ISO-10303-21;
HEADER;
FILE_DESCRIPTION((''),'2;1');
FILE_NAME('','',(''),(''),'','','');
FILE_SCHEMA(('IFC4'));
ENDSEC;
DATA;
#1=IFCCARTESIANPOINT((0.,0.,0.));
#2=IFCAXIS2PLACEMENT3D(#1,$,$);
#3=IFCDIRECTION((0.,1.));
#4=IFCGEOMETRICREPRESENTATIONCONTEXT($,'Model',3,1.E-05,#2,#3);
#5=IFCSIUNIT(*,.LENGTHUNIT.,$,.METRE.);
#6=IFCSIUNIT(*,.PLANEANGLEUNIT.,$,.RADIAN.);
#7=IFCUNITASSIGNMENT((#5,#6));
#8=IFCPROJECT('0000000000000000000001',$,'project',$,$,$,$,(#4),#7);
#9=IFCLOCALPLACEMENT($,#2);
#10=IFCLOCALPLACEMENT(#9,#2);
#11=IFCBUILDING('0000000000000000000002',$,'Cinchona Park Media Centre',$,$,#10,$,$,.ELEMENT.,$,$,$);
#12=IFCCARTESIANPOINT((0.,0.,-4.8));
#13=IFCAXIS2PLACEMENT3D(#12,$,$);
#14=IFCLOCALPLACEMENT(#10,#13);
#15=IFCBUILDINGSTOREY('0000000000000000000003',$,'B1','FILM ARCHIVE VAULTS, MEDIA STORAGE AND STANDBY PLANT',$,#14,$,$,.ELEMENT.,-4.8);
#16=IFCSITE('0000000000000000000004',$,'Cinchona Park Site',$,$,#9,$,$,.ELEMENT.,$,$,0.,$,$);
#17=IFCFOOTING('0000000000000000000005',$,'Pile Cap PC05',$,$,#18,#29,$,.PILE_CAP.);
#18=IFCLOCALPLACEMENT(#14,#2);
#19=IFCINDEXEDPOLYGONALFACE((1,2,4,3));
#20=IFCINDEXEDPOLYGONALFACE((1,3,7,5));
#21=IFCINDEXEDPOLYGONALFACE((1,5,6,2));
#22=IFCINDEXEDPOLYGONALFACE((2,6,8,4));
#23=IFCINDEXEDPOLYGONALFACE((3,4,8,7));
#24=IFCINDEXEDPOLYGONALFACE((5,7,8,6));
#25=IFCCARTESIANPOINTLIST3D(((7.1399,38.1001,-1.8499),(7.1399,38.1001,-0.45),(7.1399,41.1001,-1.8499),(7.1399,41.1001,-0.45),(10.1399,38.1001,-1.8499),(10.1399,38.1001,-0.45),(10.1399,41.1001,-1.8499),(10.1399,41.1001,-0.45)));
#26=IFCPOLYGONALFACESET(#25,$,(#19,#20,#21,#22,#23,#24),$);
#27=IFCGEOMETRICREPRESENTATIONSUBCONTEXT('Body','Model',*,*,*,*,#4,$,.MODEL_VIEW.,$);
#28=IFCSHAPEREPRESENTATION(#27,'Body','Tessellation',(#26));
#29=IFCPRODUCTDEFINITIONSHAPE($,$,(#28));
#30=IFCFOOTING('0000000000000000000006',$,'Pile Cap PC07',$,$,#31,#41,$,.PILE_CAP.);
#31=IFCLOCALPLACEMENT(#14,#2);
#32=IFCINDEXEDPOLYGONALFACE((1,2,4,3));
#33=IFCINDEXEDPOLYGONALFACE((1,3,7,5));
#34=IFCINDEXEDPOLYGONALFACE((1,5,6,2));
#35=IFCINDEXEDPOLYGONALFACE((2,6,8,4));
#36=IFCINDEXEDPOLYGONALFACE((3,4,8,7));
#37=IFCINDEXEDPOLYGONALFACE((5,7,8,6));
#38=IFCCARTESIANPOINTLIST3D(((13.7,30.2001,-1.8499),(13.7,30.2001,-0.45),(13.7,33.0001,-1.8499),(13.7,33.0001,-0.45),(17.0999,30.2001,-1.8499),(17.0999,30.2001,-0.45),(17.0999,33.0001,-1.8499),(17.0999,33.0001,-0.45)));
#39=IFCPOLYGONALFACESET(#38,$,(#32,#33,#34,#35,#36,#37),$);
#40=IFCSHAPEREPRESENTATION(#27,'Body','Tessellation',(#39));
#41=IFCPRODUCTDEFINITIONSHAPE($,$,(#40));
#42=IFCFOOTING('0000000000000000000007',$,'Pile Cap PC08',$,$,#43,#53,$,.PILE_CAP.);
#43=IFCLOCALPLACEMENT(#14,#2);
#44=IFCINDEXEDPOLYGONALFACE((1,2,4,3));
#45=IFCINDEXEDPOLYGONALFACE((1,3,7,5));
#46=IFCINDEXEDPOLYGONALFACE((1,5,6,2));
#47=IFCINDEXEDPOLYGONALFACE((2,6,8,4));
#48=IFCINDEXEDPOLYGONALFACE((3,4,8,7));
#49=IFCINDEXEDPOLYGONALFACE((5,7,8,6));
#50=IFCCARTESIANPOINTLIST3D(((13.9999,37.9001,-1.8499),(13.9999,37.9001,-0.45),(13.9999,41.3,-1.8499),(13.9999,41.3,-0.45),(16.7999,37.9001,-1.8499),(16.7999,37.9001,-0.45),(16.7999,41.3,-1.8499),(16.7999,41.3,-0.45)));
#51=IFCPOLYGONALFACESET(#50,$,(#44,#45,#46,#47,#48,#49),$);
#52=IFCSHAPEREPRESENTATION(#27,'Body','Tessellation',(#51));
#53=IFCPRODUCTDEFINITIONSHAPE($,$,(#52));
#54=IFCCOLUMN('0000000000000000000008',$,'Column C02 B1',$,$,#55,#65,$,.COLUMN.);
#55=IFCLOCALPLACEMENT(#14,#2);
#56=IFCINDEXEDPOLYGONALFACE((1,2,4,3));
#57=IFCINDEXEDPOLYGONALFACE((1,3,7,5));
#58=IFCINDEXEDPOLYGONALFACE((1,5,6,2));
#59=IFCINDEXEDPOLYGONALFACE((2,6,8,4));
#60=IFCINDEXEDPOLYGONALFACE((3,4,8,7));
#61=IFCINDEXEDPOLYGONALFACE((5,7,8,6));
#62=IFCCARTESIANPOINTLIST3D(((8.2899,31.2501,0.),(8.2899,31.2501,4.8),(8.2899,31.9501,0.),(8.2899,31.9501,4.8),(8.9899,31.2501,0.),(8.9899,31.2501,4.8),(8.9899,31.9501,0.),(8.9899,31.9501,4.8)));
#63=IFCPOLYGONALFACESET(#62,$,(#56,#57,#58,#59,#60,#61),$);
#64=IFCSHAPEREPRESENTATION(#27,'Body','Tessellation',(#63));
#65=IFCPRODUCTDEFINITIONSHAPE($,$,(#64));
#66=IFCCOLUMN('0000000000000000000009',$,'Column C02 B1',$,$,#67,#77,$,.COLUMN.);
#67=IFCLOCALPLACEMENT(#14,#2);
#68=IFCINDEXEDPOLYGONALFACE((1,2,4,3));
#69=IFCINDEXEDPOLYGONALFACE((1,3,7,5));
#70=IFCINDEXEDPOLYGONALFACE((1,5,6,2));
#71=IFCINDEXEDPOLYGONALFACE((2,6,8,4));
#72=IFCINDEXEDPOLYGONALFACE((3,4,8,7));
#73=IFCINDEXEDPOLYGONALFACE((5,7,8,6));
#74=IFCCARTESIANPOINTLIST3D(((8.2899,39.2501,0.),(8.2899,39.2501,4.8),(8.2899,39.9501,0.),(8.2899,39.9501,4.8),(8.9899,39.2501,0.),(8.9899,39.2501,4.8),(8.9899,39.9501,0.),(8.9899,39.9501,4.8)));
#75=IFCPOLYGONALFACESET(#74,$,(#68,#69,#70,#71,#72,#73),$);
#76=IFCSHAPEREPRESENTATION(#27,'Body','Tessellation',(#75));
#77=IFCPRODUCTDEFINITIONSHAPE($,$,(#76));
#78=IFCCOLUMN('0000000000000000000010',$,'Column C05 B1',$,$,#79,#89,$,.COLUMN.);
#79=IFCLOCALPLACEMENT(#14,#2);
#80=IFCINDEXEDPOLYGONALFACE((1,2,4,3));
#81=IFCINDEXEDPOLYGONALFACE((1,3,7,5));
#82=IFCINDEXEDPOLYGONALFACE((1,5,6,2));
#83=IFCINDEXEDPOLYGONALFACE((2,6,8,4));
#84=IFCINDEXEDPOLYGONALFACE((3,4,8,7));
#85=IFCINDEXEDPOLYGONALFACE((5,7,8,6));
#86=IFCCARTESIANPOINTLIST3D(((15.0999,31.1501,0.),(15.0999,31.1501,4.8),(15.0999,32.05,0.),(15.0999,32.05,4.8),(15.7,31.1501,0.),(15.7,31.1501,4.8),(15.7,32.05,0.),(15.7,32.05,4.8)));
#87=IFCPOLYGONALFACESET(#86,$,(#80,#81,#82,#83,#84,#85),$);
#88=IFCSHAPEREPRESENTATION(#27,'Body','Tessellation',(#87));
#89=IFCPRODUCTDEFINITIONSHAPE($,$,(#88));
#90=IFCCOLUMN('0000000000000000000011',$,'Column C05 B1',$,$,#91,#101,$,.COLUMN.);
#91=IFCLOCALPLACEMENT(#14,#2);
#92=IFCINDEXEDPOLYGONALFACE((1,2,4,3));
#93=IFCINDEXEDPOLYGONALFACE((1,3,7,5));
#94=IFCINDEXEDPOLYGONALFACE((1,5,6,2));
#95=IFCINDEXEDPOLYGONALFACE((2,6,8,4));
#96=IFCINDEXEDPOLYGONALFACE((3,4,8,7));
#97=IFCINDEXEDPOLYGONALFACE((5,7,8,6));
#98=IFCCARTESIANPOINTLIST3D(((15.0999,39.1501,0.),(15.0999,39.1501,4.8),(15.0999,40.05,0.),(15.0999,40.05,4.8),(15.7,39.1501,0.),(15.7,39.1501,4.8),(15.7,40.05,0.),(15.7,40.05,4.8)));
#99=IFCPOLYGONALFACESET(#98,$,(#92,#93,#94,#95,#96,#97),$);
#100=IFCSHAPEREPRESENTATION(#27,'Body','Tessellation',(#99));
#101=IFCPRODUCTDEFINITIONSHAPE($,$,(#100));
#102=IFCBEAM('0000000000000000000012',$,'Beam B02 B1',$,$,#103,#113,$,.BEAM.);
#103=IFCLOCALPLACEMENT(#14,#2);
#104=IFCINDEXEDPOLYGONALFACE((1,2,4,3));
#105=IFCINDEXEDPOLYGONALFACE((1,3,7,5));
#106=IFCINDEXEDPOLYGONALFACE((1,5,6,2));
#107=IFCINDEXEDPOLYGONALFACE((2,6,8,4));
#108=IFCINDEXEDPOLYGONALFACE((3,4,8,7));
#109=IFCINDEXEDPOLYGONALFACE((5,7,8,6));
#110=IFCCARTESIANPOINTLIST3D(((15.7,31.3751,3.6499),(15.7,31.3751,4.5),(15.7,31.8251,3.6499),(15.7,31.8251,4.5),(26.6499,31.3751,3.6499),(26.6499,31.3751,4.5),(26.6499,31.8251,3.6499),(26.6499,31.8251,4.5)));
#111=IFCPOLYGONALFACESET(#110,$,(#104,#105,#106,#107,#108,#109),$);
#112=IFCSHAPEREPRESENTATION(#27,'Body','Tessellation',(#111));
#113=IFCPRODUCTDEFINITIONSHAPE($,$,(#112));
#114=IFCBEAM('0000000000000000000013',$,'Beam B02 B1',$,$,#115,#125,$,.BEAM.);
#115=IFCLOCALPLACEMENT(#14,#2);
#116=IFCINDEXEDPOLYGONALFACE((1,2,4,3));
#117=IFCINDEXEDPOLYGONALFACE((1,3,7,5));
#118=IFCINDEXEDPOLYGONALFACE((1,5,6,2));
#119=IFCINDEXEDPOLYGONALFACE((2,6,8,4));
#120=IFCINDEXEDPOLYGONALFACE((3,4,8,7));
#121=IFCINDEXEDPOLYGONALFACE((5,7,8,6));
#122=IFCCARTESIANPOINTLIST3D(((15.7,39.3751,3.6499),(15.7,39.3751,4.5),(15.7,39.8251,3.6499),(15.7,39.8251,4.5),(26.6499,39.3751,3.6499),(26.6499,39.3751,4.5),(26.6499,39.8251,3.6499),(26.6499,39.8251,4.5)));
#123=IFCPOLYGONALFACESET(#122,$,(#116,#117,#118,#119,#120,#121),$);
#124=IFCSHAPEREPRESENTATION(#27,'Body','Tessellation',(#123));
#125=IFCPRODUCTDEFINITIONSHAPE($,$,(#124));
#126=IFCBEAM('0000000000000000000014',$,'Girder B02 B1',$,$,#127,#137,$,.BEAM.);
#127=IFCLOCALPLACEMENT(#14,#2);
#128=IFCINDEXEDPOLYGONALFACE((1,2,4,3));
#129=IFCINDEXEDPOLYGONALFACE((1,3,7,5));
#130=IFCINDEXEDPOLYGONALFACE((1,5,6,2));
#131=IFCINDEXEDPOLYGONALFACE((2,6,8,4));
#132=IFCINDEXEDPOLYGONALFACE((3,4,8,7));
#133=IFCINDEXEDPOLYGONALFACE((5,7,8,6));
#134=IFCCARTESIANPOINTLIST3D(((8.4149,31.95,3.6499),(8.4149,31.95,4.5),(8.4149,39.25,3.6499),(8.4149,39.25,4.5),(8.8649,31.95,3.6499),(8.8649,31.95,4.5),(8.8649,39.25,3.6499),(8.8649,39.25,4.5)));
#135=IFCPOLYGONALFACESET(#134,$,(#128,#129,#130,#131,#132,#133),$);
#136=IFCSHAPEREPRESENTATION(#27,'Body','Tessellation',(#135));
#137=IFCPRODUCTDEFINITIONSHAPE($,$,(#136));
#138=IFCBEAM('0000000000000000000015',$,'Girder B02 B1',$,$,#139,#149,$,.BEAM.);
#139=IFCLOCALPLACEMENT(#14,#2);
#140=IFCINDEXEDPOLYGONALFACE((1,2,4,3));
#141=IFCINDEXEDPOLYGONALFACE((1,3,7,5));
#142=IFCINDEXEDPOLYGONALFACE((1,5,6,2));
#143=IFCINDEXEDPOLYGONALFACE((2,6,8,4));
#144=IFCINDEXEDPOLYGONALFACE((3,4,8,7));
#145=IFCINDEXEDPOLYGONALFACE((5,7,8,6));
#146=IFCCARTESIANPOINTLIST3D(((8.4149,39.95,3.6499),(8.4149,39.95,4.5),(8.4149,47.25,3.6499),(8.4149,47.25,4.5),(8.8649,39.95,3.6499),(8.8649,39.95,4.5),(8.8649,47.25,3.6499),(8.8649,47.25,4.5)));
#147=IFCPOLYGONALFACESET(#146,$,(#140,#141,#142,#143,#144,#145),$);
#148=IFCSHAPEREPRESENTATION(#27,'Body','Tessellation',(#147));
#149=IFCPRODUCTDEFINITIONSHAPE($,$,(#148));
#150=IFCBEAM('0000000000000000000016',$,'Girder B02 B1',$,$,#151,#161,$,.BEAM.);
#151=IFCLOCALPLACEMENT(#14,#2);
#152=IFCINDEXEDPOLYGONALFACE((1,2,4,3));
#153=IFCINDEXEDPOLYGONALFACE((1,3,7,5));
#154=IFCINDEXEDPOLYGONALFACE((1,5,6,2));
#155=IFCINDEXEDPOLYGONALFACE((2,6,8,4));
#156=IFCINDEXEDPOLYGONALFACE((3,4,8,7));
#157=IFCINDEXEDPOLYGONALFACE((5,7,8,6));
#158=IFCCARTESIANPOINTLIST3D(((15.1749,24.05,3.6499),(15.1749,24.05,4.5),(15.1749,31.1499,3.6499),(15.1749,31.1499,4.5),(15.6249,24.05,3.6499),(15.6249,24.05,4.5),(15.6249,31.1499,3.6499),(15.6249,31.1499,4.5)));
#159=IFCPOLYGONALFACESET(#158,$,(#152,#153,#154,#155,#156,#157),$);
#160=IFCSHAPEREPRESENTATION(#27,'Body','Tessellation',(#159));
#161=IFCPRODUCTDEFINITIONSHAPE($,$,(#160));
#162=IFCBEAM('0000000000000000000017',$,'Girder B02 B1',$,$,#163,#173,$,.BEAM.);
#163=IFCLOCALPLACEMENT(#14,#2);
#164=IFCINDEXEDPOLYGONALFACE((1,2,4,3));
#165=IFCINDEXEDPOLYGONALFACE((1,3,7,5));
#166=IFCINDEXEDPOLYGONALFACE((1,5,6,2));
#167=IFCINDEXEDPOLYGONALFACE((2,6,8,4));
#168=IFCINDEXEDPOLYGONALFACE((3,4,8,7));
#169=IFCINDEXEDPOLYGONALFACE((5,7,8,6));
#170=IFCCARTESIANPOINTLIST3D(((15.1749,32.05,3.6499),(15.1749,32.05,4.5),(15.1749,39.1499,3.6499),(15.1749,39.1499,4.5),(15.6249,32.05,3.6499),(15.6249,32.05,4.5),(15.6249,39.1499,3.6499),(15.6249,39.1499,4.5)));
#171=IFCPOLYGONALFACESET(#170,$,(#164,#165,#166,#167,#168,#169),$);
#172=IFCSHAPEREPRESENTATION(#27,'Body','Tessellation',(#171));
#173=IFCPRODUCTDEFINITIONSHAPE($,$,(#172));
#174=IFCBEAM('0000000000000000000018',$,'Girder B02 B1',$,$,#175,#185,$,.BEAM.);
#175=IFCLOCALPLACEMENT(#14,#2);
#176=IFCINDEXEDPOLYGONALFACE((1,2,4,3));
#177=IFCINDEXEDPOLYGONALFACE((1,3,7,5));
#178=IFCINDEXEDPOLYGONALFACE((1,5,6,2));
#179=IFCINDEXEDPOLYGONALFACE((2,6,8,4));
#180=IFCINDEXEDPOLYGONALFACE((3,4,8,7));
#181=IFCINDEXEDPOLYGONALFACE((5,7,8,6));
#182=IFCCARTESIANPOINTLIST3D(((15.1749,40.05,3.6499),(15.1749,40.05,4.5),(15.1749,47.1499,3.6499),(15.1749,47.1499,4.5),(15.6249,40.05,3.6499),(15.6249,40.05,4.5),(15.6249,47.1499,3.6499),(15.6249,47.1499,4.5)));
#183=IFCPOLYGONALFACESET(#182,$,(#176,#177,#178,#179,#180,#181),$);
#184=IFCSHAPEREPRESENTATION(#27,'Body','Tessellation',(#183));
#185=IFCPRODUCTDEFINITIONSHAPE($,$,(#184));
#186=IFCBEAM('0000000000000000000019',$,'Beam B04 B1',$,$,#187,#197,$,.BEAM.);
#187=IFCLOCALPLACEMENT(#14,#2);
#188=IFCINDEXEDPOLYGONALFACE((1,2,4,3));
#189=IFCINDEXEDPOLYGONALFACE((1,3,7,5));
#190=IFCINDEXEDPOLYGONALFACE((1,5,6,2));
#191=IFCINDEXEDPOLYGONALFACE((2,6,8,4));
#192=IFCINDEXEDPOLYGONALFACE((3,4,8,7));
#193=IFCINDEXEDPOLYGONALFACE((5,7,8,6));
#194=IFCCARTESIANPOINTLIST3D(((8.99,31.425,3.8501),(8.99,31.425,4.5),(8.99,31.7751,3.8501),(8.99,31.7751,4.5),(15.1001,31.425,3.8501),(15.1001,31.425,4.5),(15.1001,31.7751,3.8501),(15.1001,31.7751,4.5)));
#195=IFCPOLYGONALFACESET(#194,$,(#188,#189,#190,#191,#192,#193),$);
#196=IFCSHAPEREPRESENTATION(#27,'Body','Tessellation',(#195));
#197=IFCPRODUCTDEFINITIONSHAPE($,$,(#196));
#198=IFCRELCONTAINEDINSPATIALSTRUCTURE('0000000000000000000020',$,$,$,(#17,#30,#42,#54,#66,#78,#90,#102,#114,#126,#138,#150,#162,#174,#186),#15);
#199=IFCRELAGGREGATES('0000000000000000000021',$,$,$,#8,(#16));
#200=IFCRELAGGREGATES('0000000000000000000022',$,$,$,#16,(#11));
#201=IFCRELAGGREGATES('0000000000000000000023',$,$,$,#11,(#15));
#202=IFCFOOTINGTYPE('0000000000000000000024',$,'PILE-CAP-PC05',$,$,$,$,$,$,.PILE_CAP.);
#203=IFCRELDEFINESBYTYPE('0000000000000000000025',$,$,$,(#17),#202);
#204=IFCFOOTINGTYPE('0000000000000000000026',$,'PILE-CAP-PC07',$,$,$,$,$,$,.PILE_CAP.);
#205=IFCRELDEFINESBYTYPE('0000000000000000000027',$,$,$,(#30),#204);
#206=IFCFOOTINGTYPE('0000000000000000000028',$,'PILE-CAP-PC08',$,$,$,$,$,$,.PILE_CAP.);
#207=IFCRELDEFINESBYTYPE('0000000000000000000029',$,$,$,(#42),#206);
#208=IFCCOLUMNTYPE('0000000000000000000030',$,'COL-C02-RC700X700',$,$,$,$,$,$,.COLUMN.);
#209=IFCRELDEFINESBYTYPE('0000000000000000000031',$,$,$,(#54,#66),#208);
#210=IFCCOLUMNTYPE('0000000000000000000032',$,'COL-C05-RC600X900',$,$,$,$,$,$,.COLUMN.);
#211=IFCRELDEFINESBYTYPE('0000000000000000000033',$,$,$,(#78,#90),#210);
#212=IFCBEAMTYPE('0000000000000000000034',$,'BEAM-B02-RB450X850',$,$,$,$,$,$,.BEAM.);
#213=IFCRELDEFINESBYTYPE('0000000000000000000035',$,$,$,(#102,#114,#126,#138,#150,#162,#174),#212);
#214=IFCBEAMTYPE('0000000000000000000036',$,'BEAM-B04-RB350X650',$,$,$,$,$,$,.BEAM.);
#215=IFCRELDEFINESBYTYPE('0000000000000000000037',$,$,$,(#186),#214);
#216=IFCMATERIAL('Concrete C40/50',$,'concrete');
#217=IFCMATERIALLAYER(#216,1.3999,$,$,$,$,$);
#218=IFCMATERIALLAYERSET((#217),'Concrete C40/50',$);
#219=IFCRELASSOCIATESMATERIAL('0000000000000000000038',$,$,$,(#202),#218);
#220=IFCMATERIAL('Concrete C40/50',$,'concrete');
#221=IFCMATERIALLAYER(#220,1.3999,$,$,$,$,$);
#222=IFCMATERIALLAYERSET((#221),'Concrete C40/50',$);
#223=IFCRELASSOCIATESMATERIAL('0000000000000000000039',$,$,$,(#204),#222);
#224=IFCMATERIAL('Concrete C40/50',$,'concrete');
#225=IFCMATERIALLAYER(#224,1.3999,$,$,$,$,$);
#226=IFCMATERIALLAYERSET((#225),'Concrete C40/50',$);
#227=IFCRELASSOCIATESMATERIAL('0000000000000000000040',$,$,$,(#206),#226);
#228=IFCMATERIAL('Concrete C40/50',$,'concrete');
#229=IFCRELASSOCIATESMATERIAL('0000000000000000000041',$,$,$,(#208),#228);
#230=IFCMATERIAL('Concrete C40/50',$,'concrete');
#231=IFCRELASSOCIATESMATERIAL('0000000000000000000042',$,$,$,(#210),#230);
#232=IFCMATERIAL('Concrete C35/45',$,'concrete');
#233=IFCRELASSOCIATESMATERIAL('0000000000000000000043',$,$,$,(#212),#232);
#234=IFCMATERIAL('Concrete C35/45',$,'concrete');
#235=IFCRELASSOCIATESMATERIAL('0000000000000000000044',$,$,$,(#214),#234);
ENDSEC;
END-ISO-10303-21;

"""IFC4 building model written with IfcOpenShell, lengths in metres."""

from ifc_helpers import new_model, si_unit, direction, frame, origin, origin_2d, place, context, subcontext, project, spatial, rectangle, extrude, material, layer, layer_set, material_profile, profile_set, type_object, element, save


model = new_model("IFC4")

# Units and contexts
model_context = context("Model", 3, precision=1e-05, world=origin(), true_north=direction((0.0, 1.0)))
body_context = subcontext(model_context, "Body", "Model", "MODEL_VIEW")
ifc_project = project(units=[si_unit("LENGTHUNIT", "METRE"), si_unit("PLANEANGLEUNIT", "RADIAN")], contexts=[model_context])

# Site, building, storey
site_placement = place(None, origin())
site = spatial("IfcSite", under=ifc_project, at=site_placement, Name="Cinchona Park Site", CompositionType="ELEMENT", RefElevation=0.0)
building_placement = place(site_placement, origin())
building = spatial("IfcBuilding", under=site, at=building_placement, Name="Cinchona Park Media Centre", CompositionType="ELEMENT")
storey_placement = place(building_placement, frame((0.0, 0.0, -4.8)))
storey = spatial("IfcBuildingStorey", under=building, at=storey_placement, Name="B1", Description="FILM ARCHIVE VAULTS, MEDIA STORAGE AND STANDBY PLANT", CompositionType="ELEMENT", Elevation=-4.8)

# Footings
ifc_material_1 = material(Name="Concrete C40/50", Category="concrete")
ifc_layer_1 = layer(ifc_material_1, 1.3999)
ifc_layer_set_1 = layer_set([ifc_layer_1], Name="Concrete C40/50")
footing_type_1 = type_object("IfcFootingType", Name="PILE-CAP-PC05", PredefinedType="PILE_CAP", material=ifc_layer_set_1)
footing_1_placement = place(storey_placement, frame((8.6399, 39.6001, -1.8499), z_axis=(0.0, 0.0, 1.0), x_axis=(1.0, 0.0, 0.0)))
element("IfcFooting", 1, at=footing_1_placement, inside=storey, type_object=footing_type_1, Name="Pile Cap PC05", PredefinedType="PILE_CAP", context=body_context, shape_type="SweptSolid", body=[
    extrude(rectangle(XDim=3.0, YDim=3.0, at=origin_2d()), origin(), (0.0, 0.0, 1.0), 1.3999),
])
ifc_material_2 = material(Name="Concrete C40/50", Category="concrete")
ifc_layer_2 = layer(ifc_material_2, 1.3999)
ifc_layer_set_2 = layer_set([ifc_layer_2], Name="Concrete C40/50")
footing_type_2 = type_object("IfcFootingType", Name="PILE-CAP-PC07", PredefinedType="PILE_CAP", material=ifc_layer_set_2)
footing_2_placement = place(storey_placement, frame((15.3999, 31.6001, -1.8499), z_axis=(0.0, 0.0, 1.0), x_axis=(1.0, 0.0, 0.0)))
element("IfcFooting", 2, at=footing_2_placement, inside=storey, type_object=footing_type_2, Name="Pile Cap PC07", PredefinedType="PILE_CAP", context=body_context, shape_type="SweptSolid", body=[
    extrude(rectangle(XDim=3.3999, YDim=2.8, at=origin_2d()), origin(), (0.0, 0.0, 1.0), 1.3999),
])
ifc_material_3 = material(Name="Concrete C40/50", Category="concrete")
ifc_layer_3 = layer(ifc_material_3, 1.3999)
ifc_layer_set_3 = layer_set([ifc_layer_3], Name="Concrete C40/50")
footing_type_3 = type_object("IfcFootingType", Name="PILE-CAP-PC08", PredefinedType="PILE_CAP", material=ifc_layer_set_3)
footing_3_placement = place(storey_placement, frame((15.3999, 39.6001, -1.8499), z_axis=(0.0, 0.0, 1.0), x_axis=(1.0, 0.0, 0.0)))
element("IfcFooting", 3, at=footing_3_placement, inside=storey, type_object=footing_type_3, Name="Pile Cap PC08", PredefinedType="PILE_CAP", context=body_context, shape_type="SweptSolid", body=[
    extrude(rectangle(XDim=2.8, YDim=3.3999, at=origin_2d()), origin(), (0.0, 0.0, 1.0), 1.3999),
])

# Columns
ifc_material_4 = material(Name="Concrete C40/50", Category="concrete")
ifc_material_profile_1 = material_profile(ifc_material_4, rectangle(XDim=0.7, YDim=0.7, at=origin_2d()), Name="RC 700X700")
ifc_profile_set_1 = profile_set([ifc_material_profile_1], Name="Concrete C40/50")
column_type_1 = type_object("IfcColumnType", Name="COL-C02-RC700X700", PredefinedType="COLUMN", material=ifc_profile_set_1)
for number, where, z_axis, x_axis, name in (
    (4, (8.6399, 31.6001, 0.0), (0.0, 0.0, 1.0), (1.0, 0.0, 0.0), "Column C02 B1"),
    (5, (8.6399, 39.6001, 0.0), (0.0, 0.0, 1.0), (1.0, 0.0, 0.0), "Column C02 B1"),
):
    element("IfcColumn", number, at=place(storey_placement, frame(where, z_axis=z_axis, x_axis=x_axis)), inside=storey, type_object=column_type_1, Name=name, PredefinedType="COLUMN", context=body_context, shape_type="SweptSolid", body=[
        extrude(rectangle(XDim=0.7, YDim=0.7, at=origin_2d()), origin(), (0.0, 0.0, 1.0), 4.8),
    ])
ifc_material_5 = material(Name="Concrete C40/50", Category="concrete")
ifc_material_profile_2 = material_profile(ifc_material_5, rectangle(XDim=0.6001, YDim=0.8999, at=origin_2d()), Name="RC 600X900")
ifc_profile_set_2 = profile_set([ifc_material_profile_2], Name="Concrete C40/50")
column_type_2 = type_object("IfcColumnType", Name="COL-C05-RC600X900", PredefinedType="COLUMN", material=ifc_profile_set_2)
for number, where, z_axis, x_axis, name in (
    (6, (15.3999, 31.6001, 0.0), (0.0, 0.0, 1.0), (1.0, 0.0, 0.0), "Column C05 B1"),
    (7, (15.3999, 39.6001, 0.0), (0.0, 0.0, 1.0), (1.0, 0.0, 0.0), "Column C05 B1"),
):
    element("IfcColumn", number, at=place(storey_placement, frame(where, z_axis=z_axis, x_axis=x_axis)), inside=storey, type_object=column_type_2, Name=name, PredefinedType="COLUMN", context=body_context, shape_type="SweptSolid", body=[
        extrude(rectangle(XDim=0.6001, YDim=0.8999, at=origin_2d()), origin(), (0.0, 0.0, 1.0), 4.8),
    ])

# Beams
ifc_material_6 = material(Name="Concrete C35/45", Category="concrete")
ifc_material_profile_3 = material_profile(ifc_material_6, rectangle(XDim=0.45, YDim=0.8501, at=origin_2d()), Name="RB 450X850")
ifc_profile_set_3 = profile_set([ifc_material_profile_3], Name="Concrete C35/45")
beam_type_1 = type_object("IfcBeamType", Name="BEAM-B02-RB450X850", PredefinedType="BEAM", material=ifc_profile_set_3)
for number, where, z_axis, x_axis, name in (
    (8, (15.7, 31.6001, 4.075), (1.0, 0.0, 0.0), (0.0, 1.0, 0.0), "Beam B02 B1"),
    (9, (15.7, 39.6001, 4.075), (1.0, 0.0, 0.0), (0.0, 1.0, 0.0), "Beam B02 B1"),
):
    element("IfcBeam", number, at=place(storey_placement, frame(where, z_axis=z_axis, x_axis=x_axis)), inside=storey, type_object=beam_type_1, Name=name, PredefinedType="BEAM", context=body_context, shape_type="SweptSolid", body=[
        extrude(rectangle(XDim=0.45, YDim=0.8501, at=origin_2d()), origin(), (0.0, 0.0, 1.0), 10.95),
    ])
for number, where, z_axis, x_axis, name in (
    (10, (8.6399, 31.95, 4.075), (0.0, 1.0, 0.0), (-1.0, 0.0, 0.0), "Girder B02 B1"),
    (11, (8.6399, 39.95, 4.075), (0.0, 1.0, 0.0), (-1.0, 0.0, 0.0), "Girder B02 B1"),
):
    element("IfcBeam", number, at=place(storey_placement, frame(where, z_axis=z_axis, x_axis=x_axis)), inside=storey, type_object=beam_type_1, Name=name, PredefinedType="BEAM", context=body_context, shape_type="SweptSolid", body=[
        extrude(rectangle(XDim=0.45, YDim=0.8501, at=origin_2d()), origin(), (0.0, 0.0, 1.0), 7.3),
    ])
for number, where, z_axis, x_axis, name in (
    (12, (15.3999, 24.05, 4.075), (0.0, 1.0, 0.0), (-1.0, 0.0, 0.0), "Girder B02 B1"),
    (13, (15.3999, 32.05, 4.075), (0.0, 1.0, 0.0), (-1.0, 0.0, 0.0), "Girder B02 B1"),
    (14, (15.3999, 40.05, 4.075), (0.0, 1.0, 0.0), (-1.0, 0.0, 0.0), "Girder B02 B1"),
):
    element("IfcBeam", number, at=place(storey_placement, frame(where, z_axis=z_axis, x_axis=x_axis)), inside=storey, type_object=beam_type_1, Name=name, PredefinedType="BEAM", context=body_context, shape_type="SweptSolid", body=[
        extrude(rectangle(XDim=0.45, YDim=0.8501, at=origin_2d()), origin(), (0.0, 0.0, 1.0), 7.0999),
    ])
ifc_material_7 = material(Name="Concrete C35/45", Category="concrete")
ifc_material_profile_4 = material_profile(ifc_material_7, rectangle(XDim=0.3501, YDim=0.6499, at=origin_2d()), Name="RB 350X650")
ifc_profile_set_4 = profile_set([ifc_material_profile_4], Name="Concrete C35/45")
beam_type_2 = type_object("IfcBeamType", Name="BEAM-B04-RB350X650", PredefinedType="BEAM", material=ifc_profile_set_4)
for number, where, z_axis, x_axis, name in (
    (15, (8.99, 31.6001, 4.175), (1.0, 0.0, 0.0), (0.0, 1.0, 0.0), "Beam B04 B1"),
):
    element("IfcBeam", number, at=place(storey_placement, frame(where, z_axis=z_axis, x_axis=x_axis)), inside=storey, type_object=beam_type_2, Name=name, PredefinedType="BEAM", context=body_context, shape_type="SweptSolid", body=[
        extrude(rectangle(XDim=0.3501, YDim=0.6499, at=origin_2d()), origin(), (0.0, 0.0, 1.0), 6.1101),
    ])

save(model, "model.ifc")
